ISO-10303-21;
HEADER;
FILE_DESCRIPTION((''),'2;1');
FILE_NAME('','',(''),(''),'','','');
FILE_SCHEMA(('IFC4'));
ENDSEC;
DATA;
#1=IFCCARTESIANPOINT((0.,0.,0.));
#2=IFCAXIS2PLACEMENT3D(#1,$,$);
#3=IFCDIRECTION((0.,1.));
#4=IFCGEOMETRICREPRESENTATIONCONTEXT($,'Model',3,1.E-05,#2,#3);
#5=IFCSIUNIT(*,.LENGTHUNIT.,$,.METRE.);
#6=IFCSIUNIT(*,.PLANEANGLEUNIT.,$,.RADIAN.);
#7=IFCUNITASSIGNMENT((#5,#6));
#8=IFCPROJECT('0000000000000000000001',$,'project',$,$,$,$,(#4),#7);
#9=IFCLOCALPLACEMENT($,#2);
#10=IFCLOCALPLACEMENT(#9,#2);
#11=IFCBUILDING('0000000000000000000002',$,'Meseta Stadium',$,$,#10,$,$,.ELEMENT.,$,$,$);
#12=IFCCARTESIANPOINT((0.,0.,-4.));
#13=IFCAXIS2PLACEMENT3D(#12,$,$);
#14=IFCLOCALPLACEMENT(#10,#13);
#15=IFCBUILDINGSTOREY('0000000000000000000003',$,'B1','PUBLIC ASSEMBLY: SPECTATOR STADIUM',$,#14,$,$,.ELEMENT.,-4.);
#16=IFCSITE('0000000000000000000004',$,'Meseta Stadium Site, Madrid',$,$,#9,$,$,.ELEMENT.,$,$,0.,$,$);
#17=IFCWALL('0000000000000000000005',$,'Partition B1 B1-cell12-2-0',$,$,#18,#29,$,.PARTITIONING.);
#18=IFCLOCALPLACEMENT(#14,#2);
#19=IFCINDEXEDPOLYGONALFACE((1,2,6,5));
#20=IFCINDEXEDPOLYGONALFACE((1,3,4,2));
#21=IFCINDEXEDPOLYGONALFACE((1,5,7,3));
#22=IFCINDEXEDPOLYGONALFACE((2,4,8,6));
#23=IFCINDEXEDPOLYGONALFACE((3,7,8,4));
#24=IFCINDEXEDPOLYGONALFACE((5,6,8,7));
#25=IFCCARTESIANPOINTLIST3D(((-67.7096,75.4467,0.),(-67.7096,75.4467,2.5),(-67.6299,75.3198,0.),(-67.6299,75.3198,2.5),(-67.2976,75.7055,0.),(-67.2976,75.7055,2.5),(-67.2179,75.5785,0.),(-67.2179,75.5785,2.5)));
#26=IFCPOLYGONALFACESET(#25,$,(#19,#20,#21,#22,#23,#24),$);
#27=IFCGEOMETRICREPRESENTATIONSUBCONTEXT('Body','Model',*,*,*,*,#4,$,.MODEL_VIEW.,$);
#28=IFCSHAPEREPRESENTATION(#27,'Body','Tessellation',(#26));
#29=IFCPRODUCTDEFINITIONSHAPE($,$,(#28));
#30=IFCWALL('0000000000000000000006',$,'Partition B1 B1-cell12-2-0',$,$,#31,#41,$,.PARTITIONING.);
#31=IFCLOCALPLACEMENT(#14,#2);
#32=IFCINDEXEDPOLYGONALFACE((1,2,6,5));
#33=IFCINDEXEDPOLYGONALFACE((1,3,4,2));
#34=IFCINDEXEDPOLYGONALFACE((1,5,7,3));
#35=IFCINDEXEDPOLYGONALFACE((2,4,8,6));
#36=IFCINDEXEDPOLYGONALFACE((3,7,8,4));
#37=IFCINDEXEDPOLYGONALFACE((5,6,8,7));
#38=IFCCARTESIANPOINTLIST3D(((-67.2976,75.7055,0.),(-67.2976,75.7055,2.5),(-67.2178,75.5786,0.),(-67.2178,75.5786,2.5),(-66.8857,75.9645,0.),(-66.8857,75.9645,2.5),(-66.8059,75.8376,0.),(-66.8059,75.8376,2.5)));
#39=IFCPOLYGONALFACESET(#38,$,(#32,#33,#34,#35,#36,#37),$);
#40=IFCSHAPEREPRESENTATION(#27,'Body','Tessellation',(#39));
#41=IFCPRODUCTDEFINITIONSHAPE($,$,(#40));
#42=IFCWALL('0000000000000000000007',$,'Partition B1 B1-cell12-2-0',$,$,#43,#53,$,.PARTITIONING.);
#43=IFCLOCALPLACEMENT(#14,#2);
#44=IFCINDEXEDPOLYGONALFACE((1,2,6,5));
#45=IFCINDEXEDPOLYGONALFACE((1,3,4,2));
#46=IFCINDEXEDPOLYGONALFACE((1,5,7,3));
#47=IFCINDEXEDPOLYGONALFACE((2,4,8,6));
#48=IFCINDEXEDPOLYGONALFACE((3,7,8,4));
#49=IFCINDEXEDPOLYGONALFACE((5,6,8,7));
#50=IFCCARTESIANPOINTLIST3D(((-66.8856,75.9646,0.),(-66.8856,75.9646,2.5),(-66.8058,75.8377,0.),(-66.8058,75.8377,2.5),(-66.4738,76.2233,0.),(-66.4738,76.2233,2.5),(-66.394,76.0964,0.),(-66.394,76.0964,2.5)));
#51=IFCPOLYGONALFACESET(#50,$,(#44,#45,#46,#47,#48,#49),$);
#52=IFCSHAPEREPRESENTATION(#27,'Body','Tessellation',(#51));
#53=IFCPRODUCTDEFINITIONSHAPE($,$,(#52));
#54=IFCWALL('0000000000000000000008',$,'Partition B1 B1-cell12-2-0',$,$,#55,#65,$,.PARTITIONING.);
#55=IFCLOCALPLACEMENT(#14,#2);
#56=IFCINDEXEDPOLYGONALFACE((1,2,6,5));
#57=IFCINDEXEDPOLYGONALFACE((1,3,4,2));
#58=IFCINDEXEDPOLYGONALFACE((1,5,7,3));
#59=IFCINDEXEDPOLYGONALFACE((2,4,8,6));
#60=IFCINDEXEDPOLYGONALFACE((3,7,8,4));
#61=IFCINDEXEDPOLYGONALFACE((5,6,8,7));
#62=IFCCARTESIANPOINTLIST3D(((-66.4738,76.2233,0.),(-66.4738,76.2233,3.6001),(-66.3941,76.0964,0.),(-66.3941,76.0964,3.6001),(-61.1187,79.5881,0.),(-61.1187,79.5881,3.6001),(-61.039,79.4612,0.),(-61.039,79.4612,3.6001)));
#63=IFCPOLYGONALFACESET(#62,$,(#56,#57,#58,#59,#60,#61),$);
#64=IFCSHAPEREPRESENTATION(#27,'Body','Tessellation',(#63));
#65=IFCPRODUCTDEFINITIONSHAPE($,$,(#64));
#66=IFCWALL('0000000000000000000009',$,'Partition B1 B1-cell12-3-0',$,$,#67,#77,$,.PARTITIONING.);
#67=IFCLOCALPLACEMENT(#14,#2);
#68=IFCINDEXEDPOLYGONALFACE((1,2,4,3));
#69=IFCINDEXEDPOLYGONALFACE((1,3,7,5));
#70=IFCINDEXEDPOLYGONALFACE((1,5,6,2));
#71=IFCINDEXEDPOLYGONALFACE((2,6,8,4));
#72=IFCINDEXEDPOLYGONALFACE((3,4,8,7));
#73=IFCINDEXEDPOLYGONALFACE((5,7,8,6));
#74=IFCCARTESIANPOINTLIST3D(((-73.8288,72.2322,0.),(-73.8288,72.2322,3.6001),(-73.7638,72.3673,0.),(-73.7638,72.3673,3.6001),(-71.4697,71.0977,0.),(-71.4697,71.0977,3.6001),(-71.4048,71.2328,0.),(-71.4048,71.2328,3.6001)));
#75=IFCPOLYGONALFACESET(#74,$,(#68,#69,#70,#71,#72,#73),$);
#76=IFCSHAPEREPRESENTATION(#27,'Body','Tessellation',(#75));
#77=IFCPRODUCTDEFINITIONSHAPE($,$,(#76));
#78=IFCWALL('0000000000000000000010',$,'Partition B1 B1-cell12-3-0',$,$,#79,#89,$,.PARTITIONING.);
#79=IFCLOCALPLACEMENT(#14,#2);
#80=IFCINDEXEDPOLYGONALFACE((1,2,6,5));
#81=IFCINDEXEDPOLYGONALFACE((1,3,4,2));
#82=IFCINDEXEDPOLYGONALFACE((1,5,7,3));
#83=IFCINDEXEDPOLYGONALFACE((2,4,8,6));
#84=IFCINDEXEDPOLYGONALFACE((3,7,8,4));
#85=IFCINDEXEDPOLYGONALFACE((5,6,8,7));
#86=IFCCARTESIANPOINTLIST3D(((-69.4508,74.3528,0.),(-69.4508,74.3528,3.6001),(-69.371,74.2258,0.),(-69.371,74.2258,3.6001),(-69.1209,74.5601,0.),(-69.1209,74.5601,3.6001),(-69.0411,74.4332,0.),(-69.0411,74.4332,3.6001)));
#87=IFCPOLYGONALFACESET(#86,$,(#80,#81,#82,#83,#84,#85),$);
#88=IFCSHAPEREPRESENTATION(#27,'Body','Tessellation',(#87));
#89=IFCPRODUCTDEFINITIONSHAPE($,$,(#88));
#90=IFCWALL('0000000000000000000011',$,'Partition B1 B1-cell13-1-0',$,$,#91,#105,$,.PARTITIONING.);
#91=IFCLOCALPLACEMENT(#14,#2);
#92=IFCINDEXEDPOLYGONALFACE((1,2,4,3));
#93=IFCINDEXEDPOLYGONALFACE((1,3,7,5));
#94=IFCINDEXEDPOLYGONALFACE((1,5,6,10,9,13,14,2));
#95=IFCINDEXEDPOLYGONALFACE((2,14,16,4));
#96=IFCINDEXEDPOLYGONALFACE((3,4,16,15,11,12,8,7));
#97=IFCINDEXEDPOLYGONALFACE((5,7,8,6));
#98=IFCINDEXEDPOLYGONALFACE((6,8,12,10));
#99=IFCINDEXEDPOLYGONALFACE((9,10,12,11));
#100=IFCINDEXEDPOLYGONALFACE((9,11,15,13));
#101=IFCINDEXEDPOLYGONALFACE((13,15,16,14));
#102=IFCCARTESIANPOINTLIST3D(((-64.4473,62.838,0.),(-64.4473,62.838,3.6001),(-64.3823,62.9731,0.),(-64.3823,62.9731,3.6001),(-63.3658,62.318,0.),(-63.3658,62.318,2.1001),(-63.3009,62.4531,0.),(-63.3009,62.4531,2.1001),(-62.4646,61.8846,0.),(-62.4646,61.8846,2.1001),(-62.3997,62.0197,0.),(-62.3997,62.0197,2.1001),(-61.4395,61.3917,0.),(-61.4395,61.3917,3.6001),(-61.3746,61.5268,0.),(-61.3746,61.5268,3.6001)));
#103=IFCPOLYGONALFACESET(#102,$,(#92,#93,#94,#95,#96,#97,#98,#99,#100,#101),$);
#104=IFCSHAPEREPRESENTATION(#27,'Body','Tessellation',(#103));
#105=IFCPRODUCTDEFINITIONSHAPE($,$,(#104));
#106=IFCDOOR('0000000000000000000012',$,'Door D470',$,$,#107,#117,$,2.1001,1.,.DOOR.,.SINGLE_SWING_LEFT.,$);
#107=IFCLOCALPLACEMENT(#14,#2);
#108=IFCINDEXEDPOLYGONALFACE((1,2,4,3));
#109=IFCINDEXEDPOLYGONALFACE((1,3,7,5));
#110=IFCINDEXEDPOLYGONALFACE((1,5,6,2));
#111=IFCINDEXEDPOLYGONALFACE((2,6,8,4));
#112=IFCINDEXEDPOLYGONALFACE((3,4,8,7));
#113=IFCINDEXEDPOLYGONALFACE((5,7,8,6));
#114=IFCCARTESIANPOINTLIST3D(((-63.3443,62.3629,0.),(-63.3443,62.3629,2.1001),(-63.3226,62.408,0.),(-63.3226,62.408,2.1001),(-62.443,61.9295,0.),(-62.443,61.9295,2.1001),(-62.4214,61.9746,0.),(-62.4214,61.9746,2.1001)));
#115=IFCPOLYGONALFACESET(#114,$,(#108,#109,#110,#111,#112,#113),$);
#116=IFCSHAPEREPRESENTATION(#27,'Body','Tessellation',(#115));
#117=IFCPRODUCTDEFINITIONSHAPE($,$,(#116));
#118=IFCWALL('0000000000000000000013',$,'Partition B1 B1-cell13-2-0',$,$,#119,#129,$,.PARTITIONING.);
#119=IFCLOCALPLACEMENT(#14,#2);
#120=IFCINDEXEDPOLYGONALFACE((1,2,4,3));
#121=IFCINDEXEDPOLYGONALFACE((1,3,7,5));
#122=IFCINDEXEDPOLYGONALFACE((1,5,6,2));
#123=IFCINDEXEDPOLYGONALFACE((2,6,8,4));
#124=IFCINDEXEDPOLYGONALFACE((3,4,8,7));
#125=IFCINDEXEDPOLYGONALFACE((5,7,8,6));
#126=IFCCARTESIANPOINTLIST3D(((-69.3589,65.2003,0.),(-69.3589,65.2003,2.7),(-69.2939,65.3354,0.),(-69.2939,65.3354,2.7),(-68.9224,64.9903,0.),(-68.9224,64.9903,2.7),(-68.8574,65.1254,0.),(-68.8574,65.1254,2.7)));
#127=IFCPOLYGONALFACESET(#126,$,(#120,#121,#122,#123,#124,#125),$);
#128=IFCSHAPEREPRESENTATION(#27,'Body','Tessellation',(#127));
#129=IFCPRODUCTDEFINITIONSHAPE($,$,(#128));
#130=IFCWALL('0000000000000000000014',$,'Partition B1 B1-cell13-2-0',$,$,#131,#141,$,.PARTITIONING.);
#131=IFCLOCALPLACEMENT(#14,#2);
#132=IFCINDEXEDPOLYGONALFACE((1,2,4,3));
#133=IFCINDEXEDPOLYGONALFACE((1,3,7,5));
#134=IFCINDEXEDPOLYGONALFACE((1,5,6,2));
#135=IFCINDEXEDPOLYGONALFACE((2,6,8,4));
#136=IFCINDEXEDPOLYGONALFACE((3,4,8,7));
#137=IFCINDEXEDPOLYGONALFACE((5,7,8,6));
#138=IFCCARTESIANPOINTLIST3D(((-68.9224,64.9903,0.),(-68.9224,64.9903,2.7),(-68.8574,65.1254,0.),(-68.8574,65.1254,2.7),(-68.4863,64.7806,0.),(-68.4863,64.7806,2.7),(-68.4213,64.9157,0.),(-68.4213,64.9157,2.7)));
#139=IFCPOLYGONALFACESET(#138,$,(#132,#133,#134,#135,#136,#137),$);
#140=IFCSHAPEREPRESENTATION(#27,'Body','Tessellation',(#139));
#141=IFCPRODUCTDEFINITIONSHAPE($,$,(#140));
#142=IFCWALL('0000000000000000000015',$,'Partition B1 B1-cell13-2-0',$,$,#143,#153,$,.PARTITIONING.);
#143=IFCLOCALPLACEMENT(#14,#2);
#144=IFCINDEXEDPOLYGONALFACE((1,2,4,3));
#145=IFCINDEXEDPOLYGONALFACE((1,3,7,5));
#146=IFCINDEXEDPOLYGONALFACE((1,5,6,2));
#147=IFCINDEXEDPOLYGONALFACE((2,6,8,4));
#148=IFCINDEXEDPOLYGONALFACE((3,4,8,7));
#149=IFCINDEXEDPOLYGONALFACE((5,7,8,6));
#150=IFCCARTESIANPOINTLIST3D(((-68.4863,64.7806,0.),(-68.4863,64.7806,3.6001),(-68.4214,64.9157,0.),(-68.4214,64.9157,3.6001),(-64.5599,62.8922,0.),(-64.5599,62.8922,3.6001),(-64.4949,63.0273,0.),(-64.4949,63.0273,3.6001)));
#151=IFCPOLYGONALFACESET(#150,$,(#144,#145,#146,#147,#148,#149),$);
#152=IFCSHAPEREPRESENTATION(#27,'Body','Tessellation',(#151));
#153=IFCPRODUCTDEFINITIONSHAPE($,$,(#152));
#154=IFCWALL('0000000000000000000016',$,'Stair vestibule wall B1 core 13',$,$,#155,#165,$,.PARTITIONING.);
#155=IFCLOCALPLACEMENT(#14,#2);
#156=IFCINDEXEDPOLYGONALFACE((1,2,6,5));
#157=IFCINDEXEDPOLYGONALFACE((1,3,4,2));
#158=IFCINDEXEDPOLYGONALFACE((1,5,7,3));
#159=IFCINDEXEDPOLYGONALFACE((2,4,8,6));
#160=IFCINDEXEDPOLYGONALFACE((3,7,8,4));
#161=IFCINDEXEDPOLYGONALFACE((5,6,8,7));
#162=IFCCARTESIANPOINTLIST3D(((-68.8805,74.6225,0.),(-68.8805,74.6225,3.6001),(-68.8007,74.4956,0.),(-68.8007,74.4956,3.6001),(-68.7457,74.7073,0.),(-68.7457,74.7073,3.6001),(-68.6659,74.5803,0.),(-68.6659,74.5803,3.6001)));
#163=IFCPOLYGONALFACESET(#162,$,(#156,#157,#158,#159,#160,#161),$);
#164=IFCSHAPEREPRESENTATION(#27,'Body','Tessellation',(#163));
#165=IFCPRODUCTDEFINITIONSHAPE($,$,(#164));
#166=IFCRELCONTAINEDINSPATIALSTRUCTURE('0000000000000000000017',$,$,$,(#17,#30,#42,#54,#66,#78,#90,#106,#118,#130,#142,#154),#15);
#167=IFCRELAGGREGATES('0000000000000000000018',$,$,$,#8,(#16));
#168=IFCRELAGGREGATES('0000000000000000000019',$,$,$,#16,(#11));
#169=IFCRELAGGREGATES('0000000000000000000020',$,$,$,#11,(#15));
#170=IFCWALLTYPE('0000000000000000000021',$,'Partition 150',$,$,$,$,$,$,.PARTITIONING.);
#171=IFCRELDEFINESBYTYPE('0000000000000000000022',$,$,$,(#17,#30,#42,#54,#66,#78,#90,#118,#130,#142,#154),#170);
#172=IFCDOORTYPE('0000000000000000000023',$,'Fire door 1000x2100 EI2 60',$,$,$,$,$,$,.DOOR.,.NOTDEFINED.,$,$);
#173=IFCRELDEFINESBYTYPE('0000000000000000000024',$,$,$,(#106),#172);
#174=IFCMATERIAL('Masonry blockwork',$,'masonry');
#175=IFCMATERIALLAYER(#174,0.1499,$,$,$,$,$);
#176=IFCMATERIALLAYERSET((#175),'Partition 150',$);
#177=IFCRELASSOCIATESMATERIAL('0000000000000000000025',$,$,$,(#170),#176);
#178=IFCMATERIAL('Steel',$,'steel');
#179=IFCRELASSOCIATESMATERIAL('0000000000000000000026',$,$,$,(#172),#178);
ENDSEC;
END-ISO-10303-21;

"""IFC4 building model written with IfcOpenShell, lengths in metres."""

from ifc_helpers import new_model, si_unit, direction, frame, frame_2d, origin, place, context, subcontext, project, spatial, rectangle, extrude, material, layer, layer_set, type_object, element, fill, save


model = new_model("IFC4")

# Units and contexts
model_context = context("Model", 3, precision=1e-05, world=origin(), true_north=direction((0.0, 1.0)))
body_context = subcontext(model_context, "Body", "Model", "MODEL_VIEW")
ifc_project = project(units=[si_unit("LENGTHUNIT", "METRE"), si_unit("PLANEANGLEUNIT", "RADIAN")], contexts=[model_context])

# Site, building, storey
site_placement = place(None, origin())
site = spatial("IfcSite", under=ifc_project, at=site_placement, Name="Meseta Stadium Site, Madrid", CompositionType="ELEMENT", RefElevation=0.0)
building_placement = place(site_placement, origin())
building = spatial("IfcBuilding", under=site, at=building_placement, Name="Meseta Stadium", CompositionType="ELEMENT")
storey_placement = place(building_placement, frame((0.0, 0.0, -4.0)))
storey = spatial("IfcBuildingStorey", under=building, at=storey_placement, Name="B1", Description="PUBLIC ASSEMBLY: SPECTATOR STADIUM", CompositionType="ELEMENT", Elevation=-4.0)

# Shared definitions
ifc_material_1 = material(Name="Masonry blockwork", Category="masonry")
ifc_layer = layer(ifc_material_1, 0.1499)
ifc_layer_set = layer_set([ifc_layer], Name="Partition 150")
wall_type = type_object("IfcWallType", Name="Partition 150", PredefinedType="PARTITIONING", material=ifc_layer_set)
ifc_material_2 = material(Name="Steel", Category="steel")
door_type = type_object("IfcDoorType", Name="Fire door 1000x2100 EI2 60", OperationType="NOTDEFINED", PredefinedType="DOOR", material=ifc_material_2)

# Walls
for number, where, z_axis, x_axis, name in (
    (1, (-67.6697, 75.3833, 0.0), (0.0, 0.0, 1.0), (0.846869, 0.531802, 0.0), "Partition B1 B1-cell12-2-0"),
    (2, (-67.2576, 75.6421, 0.0), (0.0, 0.0, 1.0), (0.846501, 0.532387, 0.0), "Partition B1 B1-cell12-2-0"),
):
    element("IfcWall", number, at=place(storey_placement, frame(where, z_axis=z_axis, x_axis=x_axis)), inside=storey, type_object=wall_type, Name=name, PredefinedType="PARTITIONING", context=body_context, shape_type="SweptSolid", body=[
        extrude(rectangle(XDim=0.4866, YDim=0.1499, at=frame_2d((0.2432, 0.0))), origin(), (0.0, 0.0, 1.0), 2.5),
    ])
wall_1_placement = place(storey_placement, frame((-66.8457, 75.9011, 0.0), z_axis=(0.0, 0.0, 1.0), x_axis=(0.846727, 0.532028, 0.0)))
element("IfcWall", 3, at=wall_1_placement, inside=storey, type_object=wall_type, Name="Partition B1 B1-cell12-2-0", PredefinedType="PARTITIONING", context=body_context, shape_type="SweptSolid", body=[
    extrude(rectangle(XDim=0.4863, YDim=0.1499, at=frame_2d((0.2432, 0.0))), origin(), (0.0, 0.0, 1.0), 2.5),
])
wall_2_placement = place(storey_placement, frame((-66.4338, 76.1599, 0.0), z_axis=(0.0, 0.0, 1.0), x_axis=(0.846725, 0.532031, 0.0)))
element("IfcWall", 4, at=wall_2_placement, inside=storey, type_object=wall_type, Name="Partition B1 B1-cell12-2-0", PredefinedType="PARTITIONING", context=body_context, shape_type="SweptSolid", body=[
    extrude(rectangle(XDim=6.3245, YDim=0.1499, at=frame_2d((3.1621, 0.0))), origin(), (0.0, 0.0, 1.0), 3.6001),
])
wall_3_placement = place(storey_placement, frame((-71.4373, 71.1653, 0.0), z_axis=(0.0, 0.0, 1.0), x_axis=(-0.901204, 0.433395, 0.0)))
element("IfcWall", 5, at=wall_3_placement, inside=storey, type_object=wall_type, Name="Partition B1 B1-cell12-3-0", PredefinedType="PARTITIONING", context=body_context, shape_type="SweptSolid", body=[
    extrude(rectangle(XDim=2.6177, YDim=0.1499, at=frame_2d((1.3088, 0.0))), origin(), (0.0, 0.0, 1.0), 3.6001),
])
wall_4_placement = place(storey_placement, frame((-69.4109, 74.2893, 0.0), z_axis=(0.0, 0.0, 1.0), x_axis=(0.846693, 0.532082, 0.0)))
element("IfcWall", 6, at=wall_4_placement, inside=storey, type_object=wall_type, Name="Partition B1 B1-cell12-3-0", PredefinedType="PARTITIONING", context=body_context, shape_type="SweptSolid", body=[
    extrude(rectangle(XDim=0.3896, YDim=0.1499, at=frame_2d((0.1948, 0.0))), origin(), (0.0, 0.0, 1.0), 3.6001),
])

# Wall, opening, door
wall_5_placement = place(storey_placement, frame((-64.4148, 62.9055, 0.0), z_axis=(0.0, 0.0, 1.0), x_axis=(0.901226, -0.433349, 0.0)))
wall_5 = element("IfcWall", 7, at=wall_5_placement, inside=storey, type_object=wall_type, Name="Partition B1 B1-cell13-1-0", PredefinedType="PARTITIONING", context=body_context, shape_type="SweptSolid", body=[
    extrude(rectangle(XDim=3.3374, YDim=0.1499, at=frame_2d((1.6687, 0.0))), origin(), (0.0, 0.0, 1.0), 3.6001),
])
opening_1_placement = place(wall_5_placement, frame((1.2, 0.0, 0.0)))
opening_1 = element("IfcOpeningElement", 8, at=opening_1_placement, cuts=wall_5, PredefinedType="OPENING", context=body_context, shape_type="SweptSolid", body=[
    extrude(rectangle(XDim=1.0, YDim=2.1001, at=frame_2d((0.5, 1.05))), frame((0.0, 0.085, 0.0), z_axis=(0.0, -1.0, 0.0), x_axis=(1.0, 0.0, 0.0)), (0.0, 0.0, 1.0), 0.1699),
])
door_1_placement = place(opening_1_placement, origin())
door_1 = element("IfcDoor", 9, at=door_1_placement, inside=storey, type_object=door_type, Name="Door D470", OperationType="SINGLE_SWING_LEFT", OverallHeight=2.1001, OverallWidth=1.0, PredefinedType="DOOR", context=body_context, shape_type="SweptSolid", body=[
    extrude(rectangle(XDim=1.0, YDim=2.1001, at=frame_2d((0.5, 1.05))), frame((0.0, 0.0249, 0.0), z_axis=(0.0, -1.0, 0.0), x_axis=(1.0, 0.0, 0.0)), (0.0, 0.0, 1.0), 0.05),
])
fill(opening_1, door_1)

# Walls
wall_6_placement = place(storey_placement, frame((-69.3264, 65.2678, 0.0), z_axis=(0.0, 0.0, 1.0), x_axis=(0.901177, -0.433452, 0.0)))
element("IfcWall", 10, at=wall_6_placement, inside=storey, type_object=wall_type, Name="Partition B1 B1-cell13-2-0", PredefinedType="PARTITIONING", context=body_context, shape_type="SweptSolid", body=[
    extrude(rectangle(XDim=0.4844, YDim=0.1499, at=frame_2d((0.2422, 0.0))), origin(), (0.0, 0.0, 1.0), 2.7),
])
wall_7_placement = place(storey_placement, frame((-68.8899, 65.0579, 0.0), z_axis=(0.0, 0.0, 1.0), x_axis=(0.901184, -0.433436, 0.0)))
element("IfcWall", 11, at=wall_7_placement, inside=storey, type_object=wall_type, Name="Partition B1 B1-cell13-2-0", PredefinedType="PARTITIONING", context=body_context, shape_type="SweptSolid", body=[
    extrude(rectangle(XDim=0.4839, YDim=0.1499, at=frame_2d((0.2419, 0.0))), origin(), (0.0, 0.0, 1.0), 2.7),
])
wall_8_placement = place(storey_placement, frame((-68.4539, 64.8481, 0.0), z_axis=(0.0, 0.0, 1.0), x_axis=(0.901191, -0.433421, 0.0)))
element("IfcWall", 12, at=wall_8_placement, inside=storey, type_object=wall_type, Name="Partition B1 B1-cell13-2-0", PredefinedType="PARTITIONING", context=body_context, shape_type="SweptSolid", body=[
    extrude(rectangle(XDim=4.3569, YDim=0.1499, at=frame_2d((2.1785, 0.0))), origin(), (0.0, 0.0, 1.0), 3.6001),
])
wall_9_placement = place(storey_placement, frame((-68.8406, 74.5591, 0.0), z_axis=(0.0, 0.0, 1.0), x_axis=(0.846617, 0.532203, 0.0)))
element("IfcWall", 13, at=wall_9_placement, inside=storey, type_object=wall_type, Name="Stair vestibule wall B1 core 13", PredefinedType="PARTITIONING", context=body_context, shape_type="SweptSolid", body=[
    extrude(rectangle(XDim=0.1592, YDim=0.1499, at=frame_2d((0.0796, 0.0))), origin(), (0.0, 0.0, 1.0), 3.6001),
])

save(model, "model.ifc")
